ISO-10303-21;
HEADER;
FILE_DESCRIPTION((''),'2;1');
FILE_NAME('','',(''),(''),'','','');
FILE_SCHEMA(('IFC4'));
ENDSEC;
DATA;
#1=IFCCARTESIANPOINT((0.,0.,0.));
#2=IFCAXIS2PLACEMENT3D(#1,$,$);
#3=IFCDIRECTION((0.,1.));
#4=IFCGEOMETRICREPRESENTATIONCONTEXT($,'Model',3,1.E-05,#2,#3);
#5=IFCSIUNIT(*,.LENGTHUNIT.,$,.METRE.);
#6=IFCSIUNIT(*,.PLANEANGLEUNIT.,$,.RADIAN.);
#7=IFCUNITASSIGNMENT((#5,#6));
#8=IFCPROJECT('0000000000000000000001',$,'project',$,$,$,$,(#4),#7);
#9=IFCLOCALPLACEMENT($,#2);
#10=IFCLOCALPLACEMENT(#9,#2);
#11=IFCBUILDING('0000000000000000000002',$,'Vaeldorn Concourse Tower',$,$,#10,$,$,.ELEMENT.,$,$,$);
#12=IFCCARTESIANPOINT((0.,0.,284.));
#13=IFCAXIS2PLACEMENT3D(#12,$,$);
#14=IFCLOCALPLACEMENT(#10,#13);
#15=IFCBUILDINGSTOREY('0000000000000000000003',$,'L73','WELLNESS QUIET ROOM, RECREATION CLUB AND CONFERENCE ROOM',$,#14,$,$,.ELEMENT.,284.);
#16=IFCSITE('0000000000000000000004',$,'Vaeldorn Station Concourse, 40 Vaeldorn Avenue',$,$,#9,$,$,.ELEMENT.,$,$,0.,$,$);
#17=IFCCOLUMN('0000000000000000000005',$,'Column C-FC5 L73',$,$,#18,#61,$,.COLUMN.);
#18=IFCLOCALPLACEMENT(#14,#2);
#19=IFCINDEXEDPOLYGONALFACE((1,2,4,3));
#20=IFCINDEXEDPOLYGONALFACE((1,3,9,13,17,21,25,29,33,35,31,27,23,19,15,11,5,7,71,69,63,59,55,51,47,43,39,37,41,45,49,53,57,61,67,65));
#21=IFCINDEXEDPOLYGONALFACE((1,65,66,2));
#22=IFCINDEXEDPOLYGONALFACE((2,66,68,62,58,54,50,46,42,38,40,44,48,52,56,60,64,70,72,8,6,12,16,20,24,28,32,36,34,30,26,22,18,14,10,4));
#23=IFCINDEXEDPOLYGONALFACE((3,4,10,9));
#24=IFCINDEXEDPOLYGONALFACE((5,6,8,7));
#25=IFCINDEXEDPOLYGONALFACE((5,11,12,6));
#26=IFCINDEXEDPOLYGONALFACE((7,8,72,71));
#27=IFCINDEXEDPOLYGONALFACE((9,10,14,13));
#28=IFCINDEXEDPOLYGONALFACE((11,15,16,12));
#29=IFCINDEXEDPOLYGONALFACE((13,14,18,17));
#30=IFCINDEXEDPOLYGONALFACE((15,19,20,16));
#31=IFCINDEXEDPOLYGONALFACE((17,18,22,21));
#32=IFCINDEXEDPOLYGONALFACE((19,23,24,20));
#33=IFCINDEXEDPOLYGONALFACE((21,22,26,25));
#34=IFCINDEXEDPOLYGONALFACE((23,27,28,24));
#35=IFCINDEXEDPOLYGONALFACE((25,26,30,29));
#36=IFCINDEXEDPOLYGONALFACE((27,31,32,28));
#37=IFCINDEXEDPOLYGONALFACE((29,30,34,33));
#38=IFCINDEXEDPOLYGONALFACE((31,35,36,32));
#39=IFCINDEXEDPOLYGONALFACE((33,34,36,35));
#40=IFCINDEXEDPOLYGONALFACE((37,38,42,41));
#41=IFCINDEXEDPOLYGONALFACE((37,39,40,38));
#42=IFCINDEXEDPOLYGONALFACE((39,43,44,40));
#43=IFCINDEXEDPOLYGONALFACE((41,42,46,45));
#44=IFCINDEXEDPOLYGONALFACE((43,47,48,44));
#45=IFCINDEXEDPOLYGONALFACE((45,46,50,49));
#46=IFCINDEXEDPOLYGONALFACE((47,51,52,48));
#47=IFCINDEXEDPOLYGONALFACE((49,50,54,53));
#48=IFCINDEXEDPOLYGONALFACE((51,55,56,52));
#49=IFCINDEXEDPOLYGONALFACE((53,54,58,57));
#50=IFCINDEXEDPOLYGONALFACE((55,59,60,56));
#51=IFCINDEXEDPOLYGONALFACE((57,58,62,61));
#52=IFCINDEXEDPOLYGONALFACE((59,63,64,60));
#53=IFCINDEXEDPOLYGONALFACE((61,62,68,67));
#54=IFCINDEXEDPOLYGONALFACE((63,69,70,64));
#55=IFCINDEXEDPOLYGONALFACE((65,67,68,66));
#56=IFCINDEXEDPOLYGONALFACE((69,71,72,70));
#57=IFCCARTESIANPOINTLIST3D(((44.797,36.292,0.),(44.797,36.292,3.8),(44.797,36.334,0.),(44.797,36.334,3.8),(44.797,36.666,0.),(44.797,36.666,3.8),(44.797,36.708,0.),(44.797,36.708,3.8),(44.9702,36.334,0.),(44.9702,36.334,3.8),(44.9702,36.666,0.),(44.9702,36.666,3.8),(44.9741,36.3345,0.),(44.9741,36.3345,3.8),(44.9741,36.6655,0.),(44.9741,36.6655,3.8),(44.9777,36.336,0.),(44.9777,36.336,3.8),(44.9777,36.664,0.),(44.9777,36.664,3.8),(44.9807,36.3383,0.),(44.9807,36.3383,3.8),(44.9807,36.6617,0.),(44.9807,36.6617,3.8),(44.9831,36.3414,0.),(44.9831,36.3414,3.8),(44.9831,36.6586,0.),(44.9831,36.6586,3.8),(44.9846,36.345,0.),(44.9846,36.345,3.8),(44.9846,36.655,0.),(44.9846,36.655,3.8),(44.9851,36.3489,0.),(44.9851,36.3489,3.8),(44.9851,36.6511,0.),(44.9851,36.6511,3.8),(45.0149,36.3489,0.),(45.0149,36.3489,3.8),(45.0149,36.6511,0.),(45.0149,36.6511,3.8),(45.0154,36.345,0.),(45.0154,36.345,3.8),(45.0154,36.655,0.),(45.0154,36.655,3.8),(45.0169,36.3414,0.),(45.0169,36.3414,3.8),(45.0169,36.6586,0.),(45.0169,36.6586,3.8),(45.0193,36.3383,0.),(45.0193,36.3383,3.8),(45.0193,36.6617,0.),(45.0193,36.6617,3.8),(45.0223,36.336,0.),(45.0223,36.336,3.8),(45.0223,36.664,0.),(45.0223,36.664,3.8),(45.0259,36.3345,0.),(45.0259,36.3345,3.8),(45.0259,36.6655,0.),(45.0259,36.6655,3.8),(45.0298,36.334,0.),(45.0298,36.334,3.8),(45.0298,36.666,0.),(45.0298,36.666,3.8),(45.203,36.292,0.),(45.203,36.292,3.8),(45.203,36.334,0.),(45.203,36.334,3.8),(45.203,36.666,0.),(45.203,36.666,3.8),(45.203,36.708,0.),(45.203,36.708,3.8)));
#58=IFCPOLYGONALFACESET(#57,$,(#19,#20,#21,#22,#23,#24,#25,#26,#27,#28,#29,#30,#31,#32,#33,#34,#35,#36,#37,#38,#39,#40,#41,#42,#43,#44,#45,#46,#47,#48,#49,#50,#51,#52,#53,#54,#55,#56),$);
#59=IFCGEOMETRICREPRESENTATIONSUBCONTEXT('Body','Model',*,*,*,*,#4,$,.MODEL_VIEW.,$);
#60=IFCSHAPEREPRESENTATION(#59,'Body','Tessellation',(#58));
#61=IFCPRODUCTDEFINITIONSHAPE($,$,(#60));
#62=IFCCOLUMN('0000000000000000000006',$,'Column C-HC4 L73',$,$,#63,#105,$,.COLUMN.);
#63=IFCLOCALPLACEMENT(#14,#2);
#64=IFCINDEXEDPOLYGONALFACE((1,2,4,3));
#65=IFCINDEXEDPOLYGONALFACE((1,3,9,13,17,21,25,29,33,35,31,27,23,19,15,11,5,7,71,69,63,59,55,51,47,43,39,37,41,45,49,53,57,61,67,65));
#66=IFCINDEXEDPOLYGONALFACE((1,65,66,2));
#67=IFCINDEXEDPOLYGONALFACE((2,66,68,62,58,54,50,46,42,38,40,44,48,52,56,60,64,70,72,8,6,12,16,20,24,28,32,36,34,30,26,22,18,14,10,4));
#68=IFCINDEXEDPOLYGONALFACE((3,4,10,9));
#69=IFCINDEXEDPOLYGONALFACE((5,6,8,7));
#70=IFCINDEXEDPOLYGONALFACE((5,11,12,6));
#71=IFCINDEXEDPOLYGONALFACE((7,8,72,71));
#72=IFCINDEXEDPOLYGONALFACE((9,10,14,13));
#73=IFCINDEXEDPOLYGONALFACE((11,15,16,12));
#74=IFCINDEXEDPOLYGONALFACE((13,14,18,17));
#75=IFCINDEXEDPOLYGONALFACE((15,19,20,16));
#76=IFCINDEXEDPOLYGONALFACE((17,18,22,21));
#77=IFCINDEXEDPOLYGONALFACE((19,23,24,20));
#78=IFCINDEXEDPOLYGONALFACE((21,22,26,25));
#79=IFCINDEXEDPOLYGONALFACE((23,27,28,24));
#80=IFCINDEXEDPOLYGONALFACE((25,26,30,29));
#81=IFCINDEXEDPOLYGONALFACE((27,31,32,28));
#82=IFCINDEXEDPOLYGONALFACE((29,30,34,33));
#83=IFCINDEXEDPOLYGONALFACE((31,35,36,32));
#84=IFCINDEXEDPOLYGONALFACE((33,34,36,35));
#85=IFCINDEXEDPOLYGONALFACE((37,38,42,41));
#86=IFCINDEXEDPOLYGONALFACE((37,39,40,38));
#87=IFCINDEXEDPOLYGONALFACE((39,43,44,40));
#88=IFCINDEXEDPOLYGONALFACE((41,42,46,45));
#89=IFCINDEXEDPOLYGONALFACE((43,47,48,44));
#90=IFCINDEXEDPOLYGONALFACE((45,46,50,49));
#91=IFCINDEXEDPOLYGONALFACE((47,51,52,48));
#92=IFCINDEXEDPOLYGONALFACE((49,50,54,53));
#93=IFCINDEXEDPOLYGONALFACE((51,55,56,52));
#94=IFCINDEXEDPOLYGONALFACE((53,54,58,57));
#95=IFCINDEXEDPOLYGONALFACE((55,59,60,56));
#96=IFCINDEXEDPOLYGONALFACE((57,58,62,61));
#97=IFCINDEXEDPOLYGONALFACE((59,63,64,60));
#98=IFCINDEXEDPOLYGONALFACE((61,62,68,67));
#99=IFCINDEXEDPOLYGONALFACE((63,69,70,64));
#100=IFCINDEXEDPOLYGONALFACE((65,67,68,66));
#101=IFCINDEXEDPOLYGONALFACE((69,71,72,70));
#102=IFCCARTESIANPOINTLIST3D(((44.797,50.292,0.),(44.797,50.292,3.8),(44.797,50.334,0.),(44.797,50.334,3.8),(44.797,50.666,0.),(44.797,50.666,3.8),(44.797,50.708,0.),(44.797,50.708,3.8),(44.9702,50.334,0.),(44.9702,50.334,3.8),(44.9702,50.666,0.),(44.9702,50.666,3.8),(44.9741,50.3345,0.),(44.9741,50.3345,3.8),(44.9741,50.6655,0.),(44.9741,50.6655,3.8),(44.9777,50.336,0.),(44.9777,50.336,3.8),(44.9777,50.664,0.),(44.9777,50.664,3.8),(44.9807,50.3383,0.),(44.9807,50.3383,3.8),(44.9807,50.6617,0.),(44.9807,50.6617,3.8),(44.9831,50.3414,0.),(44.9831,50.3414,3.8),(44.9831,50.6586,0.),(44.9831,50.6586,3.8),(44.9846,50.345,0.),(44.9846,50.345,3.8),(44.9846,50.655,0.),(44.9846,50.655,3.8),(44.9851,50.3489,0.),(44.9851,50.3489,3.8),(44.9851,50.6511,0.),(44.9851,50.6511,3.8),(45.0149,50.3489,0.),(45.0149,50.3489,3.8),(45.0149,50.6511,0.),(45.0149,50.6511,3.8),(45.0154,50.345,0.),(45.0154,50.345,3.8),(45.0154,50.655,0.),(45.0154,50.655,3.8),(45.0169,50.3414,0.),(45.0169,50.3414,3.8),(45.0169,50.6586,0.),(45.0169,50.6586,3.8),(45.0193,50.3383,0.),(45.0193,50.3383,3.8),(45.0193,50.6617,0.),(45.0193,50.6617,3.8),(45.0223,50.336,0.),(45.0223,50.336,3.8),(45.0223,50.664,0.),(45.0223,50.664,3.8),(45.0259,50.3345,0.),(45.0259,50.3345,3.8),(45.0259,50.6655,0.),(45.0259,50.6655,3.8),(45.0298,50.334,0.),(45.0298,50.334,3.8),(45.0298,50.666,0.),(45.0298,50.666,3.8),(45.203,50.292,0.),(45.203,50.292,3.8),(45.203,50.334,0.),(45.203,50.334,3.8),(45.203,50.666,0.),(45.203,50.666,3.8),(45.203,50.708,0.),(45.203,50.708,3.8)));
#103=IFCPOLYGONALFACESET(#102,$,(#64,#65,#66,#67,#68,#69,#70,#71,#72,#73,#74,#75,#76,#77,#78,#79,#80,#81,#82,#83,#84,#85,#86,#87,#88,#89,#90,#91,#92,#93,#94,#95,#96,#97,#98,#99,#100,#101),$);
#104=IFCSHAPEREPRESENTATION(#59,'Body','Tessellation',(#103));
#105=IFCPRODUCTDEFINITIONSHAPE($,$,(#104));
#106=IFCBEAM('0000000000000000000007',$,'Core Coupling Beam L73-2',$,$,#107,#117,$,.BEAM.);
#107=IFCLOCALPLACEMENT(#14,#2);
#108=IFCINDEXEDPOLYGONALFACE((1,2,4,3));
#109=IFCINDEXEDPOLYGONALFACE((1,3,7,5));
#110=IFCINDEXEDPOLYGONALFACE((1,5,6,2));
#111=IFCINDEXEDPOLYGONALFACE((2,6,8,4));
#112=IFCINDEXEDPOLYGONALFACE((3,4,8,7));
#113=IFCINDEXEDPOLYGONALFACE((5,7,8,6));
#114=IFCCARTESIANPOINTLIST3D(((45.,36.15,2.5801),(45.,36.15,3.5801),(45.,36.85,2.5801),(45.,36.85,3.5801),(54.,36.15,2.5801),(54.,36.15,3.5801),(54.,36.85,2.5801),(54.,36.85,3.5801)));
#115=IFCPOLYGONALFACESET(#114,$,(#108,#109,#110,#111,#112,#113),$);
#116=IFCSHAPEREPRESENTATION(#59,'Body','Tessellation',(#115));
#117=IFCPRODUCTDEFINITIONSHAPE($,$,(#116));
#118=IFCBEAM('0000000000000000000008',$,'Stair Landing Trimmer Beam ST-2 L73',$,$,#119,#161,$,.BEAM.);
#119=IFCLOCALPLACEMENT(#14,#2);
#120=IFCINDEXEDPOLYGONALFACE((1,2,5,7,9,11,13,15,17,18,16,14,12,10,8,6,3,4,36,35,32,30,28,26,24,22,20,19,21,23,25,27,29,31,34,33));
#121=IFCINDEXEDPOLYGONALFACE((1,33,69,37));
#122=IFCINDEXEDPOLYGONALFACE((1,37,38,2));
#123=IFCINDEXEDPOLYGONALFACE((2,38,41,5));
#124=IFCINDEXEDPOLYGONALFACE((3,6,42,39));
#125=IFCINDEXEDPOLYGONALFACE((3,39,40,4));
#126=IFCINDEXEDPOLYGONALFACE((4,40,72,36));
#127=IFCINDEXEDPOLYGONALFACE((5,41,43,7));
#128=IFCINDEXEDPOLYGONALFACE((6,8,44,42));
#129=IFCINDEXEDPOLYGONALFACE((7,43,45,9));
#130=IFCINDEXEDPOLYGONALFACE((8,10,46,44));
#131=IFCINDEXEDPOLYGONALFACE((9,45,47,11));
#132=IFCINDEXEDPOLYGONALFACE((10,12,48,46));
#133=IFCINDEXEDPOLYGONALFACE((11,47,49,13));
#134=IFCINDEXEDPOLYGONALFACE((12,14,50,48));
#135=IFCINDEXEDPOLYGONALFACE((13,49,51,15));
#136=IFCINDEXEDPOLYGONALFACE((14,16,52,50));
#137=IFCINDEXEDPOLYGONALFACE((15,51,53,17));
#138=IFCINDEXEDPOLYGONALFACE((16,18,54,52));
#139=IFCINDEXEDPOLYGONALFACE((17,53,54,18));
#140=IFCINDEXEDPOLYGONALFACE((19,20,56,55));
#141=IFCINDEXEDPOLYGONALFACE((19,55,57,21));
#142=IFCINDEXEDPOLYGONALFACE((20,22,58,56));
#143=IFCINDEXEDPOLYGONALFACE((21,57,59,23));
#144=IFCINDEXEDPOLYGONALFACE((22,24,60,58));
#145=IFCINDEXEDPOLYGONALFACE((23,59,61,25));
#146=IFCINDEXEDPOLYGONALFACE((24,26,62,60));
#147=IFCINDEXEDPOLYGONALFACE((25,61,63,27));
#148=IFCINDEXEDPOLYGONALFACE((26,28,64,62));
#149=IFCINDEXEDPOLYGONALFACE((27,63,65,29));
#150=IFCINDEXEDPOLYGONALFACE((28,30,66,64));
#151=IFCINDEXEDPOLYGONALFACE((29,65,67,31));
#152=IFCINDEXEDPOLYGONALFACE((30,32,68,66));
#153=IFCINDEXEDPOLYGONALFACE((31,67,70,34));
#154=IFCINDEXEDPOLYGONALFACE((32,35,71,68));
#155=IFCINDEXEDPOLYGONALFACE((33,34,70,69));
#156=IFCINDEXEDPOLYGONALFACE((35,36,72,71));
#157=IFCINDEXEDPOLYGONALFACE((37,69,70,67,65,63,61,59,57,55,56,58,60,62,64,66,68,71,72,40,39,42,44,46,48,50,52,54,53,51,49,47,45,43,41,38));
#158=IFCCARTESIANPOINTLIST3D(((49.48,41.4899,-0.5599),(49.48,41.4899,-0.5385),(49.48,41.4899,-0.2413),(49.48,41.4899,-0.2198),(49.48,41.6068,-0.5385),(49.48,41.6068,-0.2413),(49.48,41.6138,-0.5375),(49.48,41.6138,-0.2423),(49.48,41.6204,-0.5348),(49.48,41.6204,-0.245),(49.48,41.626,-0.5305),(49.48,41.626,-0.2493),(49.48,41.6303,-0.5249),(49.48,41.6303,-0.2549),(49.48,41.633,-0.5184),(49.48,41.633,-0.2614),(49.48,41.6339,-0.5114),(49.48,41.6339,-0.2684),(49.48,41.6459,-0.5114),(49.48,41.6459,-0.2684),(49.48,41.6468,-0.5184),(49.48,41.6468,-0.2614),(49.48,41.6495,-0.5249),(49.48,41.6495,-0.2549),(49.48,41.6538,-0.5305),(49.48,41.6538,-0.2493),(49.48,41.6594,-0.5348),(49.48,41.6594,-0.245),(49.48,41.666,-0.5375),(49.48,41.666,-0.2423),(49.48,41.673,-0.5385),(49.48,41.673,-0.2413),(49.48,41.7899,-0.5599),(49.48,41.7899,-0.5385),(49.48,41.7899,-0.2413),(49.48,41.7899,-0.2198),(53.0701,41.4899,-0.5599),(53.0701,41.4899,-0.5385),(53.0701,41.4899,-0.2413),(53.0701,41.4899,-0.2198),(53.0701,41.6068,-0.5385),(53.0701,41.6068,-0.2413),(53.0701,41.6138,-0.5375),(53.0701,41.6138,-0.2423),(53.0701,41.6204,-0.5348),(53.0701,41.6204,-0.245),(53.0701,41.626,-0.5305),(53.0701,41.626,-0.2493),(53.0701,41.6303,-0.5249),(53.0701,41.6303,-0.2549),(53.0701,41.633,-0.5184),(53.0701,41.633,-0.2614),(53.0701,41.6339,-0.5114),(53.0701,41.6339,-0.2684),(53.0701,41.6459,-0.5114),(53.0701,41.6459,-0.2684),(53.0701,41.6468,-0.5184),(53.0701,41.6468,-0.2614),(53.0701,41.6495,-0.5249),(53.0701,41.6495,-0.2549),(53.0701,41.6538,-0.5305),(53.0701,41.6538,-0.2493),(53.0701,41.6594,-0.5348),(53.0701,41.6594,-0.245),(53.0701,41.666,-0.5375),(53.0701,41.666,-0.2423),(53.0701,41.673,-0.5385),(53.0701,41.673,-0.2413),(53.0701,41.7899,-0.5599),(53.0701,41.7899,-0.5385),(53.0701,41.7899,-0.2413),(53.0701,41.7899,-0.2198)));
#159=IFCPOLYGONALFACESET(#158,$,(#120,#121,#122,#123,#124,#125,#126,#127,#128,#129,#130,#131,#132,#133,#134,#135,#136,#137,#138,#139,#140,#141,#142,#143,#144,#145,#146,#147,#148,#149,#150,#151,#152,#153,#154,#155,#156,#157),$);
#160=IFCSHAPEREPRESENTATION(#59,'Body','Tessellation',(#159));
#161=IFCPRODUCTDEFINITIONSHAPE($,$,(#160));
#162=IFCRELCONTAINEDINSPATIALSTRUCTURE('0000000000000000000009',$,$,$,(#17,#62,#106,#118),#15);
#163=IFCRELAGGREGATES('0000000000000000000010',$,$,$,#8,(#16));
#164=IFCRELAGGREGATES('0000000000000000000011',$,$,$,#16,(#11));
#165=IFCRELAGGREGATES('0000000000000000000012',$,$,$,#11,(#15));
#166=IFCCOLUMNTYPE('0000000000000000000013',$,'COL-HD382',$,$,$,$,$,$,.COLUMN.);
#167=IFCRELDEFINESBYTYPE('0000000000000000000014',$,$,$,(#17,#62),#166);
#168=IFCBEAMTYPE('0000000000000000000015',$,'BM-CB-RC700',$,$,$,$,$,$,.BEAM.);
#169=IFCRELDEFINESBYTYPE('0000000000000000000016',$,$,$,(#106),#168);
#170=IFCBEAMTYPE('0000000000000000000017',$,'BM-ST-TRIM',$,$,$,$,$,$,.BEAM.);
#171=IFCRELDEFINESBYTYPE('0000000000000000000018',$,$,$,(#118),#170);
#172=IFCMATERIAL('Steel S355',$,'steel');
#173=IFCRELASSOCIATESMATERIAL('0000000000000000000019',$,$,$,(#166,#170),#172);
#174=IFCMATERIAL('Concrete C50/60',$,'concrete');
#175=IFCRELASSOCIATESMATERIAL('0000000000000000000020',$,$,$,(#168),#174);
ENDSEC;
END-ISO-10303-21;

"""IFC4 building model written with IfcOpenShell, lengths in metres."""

from ifc_helpers import new_model, si_unit, direction, frame, origin, origin_2d, place, context, subcontext, project, spatial, rectangle, i_section, extrude, source, transform, mapped, material, material_profile, profile_set, type_object, element, save


model = new_model("IFC4")

# Units and contexts
model_context = context("Model", 3, precision=1e-05, world=origin(), true_north=direction((0.0, 1.0)))
body_context = subcontext(model_context, "Body", "Model", "MODEL_VIEW")
ifc_project = project(units=[si_unit("LENGTHUNIT", "METRE"), si_unit("PLANEANGLEUNIT", "RADIAN")], contexts=[model_context])

# Site, building, storey
site_placement = place(None, origin())
site = spatial("IfcSite", under=ifc_project, at=site_placement, Name="Vaeldorn Station Concourse, 40 Vaeldorn Avenue", CompositionType="ELEMENT", RefElevation=0.0)
building_placement = place(site_placement, origin())
building = spatial("IfcBuilding", under=site, at=building_placement, Name="Vaeldorn Concourse Tower", CompositionType="ELEMENT")
storey_placement = place(building_placement, frame((0.0, 0.0, 284.0)))
storey = spatial("IfcBuildingStorey", under=building, at=storey_placement, Name="L73", Description="WELLNESS QUIET ROOM, RECREATION CLUB AND CONFERENCE ROOM", CompositionType="ELEMENT", Elevation=284.0)

# Columns
ifc_material_1 = material(Name="Steel S355", Category="steel")
ifc_material_profile_1 = material_profile(ifc_material_1, i_section(OverallWidth=0.406, OverallDepth=0.416, WebThickness=0.0298, FlangeThickness=0.042, FilletRadius=0.0149, at=origin_2d()), Name="HD 400x382")
ifc_profile_set_1 = profile_set([ifc_material_profile_1], Name="Steel S355")
column_type = type_object("IfcColumnType", Name="COL-HD382", PredefinedType="COLUMN", material=ifc_profile_set_1)
shared_shape_1 = source(origin(), body_context, "Body", "SweptSolid", [
    extrude(i_section(OverallWidth=0.406, OverallDepth=0.416, WebThickness=0.0298, FlangeThickness=0.042, FilletRadius=0.0149, at=origin_2d()), origin(), (0.0, 0.0, 1.0), 3.8),
])
for number, where, z_axis, x_axis, name in (
    (1, (45.0, 36.5, 0.0), (0.0, 0.0, 1.0), (1.0, 0.0, 0.0), "Column C-FC5 L73"),
    (2, (45.0, 50.5, 0.0), (0.0, 0.0, 1.0), (1.0, 0.0, 0.0), "Column C-HC4 L73"),
):
    element("IfcColumn", number, at=place(storey_placement, frame(where, z_axis=z_axis, x_axis=x_axis)), inside=storey, type_object=column_type, Name=name, PredefinedType="COLUMN", context=body_context, shape_type="MappedRepresentation", body=[
        mapped(shared_shape_1, transform((0.0, 0.0, 0.0), scale=1.0)),
    ])

# Beams
ifc_material_2 = material(Name="Concrete C50/60", Category="concrete")
ifc_material_profile_2 = material_profile(ifc_material_2, rectangle(XDim=0.7, YDim=1.0, at=origin_2d()), Name="RC 700x1000")
ifc_profile_set_2 = profile_set([ifc_material_profile_2], Name="Concrete C50/60")
beam_type_1 = type_object("IfcBeamType", Name="BM-CB-RC700", PredefinedType="BEAM", material=ifc_profile_set_2)
shared_shape_2 = source(origin(), body_context, "Body", "SweptSolid", [
    extrude(rectangle(XDim=0.7, YDim=1.0, at=origin_2d()), origin(), (0.0, 0.0, 1.0), 9.0),
])
beam_1_placement = place(storey_placement, frame((45.0, 36.5, 3.0801), z_axis=(1.0, 0.0, 0.0), x_axis=(0.0, 1.0, 0.0)))
element("IfcBeam", 3, at=beam_1_placement, inside=storey, type_object=beam_type_1, Name="Core Coupling Beam L73-2", PredefinedType="BEAM", context=body_context, shape_type="MappedRepresentation", body=[
    mapped(shared_shape_2, transform((0.0, 0.0, 0.0), scale=1.0)),
])
ifc_material_profile_3 = material_profile(ifc_material_1, i_section(OverallWidth=0.3, OverallDepth=0.3401, WebThickness=0.012, FlangeThickness=0.0215, FilletRadius=0.0271, at=origin_2d()), Name="HEB 340")
ifc_profile_set_3 = profile_set([ifc_material_profile_3], Name="Steel S355")
beam_type_2 = type_object("IfcBeamType", Name="BM-ST-TRIM", PredefinedType="BEAM", material=ifc_profile_set_3)
shared_shape_3 = source(origin(), body_context, "Body", "SweptSolid", [
    extrude(i_section(OverallWidth=0.3, OverallDepth=0.3401, WebThickness=0.012, FlangeThickness=0.0215, FilletRadius=0.0271, at=origin_2d()), origin(), (0.0, 0.0, 1.0), 3.5901),
])
beam_2_placement = place(storey_placement, frame((49.48, 41.6399, -0.3899), z_axis=(1.0, 0.0, 0.0), x_axis=(0.0, 1.0, 0.0)))
element("IfcBeam", 4, at=beam_2_placement, inside=storey, type_object=beam_type_2, Name="Stair Landing Trimmer Beam ST-2 L73", PredefinedType="BEAM", context=body_context, shape_type="MappedRepresentation", body=[
    mapped(shared_shape_3, transform((0.0, 0.0, 0.0), scale=1.0)),
])

save(model, "model.ifc")
